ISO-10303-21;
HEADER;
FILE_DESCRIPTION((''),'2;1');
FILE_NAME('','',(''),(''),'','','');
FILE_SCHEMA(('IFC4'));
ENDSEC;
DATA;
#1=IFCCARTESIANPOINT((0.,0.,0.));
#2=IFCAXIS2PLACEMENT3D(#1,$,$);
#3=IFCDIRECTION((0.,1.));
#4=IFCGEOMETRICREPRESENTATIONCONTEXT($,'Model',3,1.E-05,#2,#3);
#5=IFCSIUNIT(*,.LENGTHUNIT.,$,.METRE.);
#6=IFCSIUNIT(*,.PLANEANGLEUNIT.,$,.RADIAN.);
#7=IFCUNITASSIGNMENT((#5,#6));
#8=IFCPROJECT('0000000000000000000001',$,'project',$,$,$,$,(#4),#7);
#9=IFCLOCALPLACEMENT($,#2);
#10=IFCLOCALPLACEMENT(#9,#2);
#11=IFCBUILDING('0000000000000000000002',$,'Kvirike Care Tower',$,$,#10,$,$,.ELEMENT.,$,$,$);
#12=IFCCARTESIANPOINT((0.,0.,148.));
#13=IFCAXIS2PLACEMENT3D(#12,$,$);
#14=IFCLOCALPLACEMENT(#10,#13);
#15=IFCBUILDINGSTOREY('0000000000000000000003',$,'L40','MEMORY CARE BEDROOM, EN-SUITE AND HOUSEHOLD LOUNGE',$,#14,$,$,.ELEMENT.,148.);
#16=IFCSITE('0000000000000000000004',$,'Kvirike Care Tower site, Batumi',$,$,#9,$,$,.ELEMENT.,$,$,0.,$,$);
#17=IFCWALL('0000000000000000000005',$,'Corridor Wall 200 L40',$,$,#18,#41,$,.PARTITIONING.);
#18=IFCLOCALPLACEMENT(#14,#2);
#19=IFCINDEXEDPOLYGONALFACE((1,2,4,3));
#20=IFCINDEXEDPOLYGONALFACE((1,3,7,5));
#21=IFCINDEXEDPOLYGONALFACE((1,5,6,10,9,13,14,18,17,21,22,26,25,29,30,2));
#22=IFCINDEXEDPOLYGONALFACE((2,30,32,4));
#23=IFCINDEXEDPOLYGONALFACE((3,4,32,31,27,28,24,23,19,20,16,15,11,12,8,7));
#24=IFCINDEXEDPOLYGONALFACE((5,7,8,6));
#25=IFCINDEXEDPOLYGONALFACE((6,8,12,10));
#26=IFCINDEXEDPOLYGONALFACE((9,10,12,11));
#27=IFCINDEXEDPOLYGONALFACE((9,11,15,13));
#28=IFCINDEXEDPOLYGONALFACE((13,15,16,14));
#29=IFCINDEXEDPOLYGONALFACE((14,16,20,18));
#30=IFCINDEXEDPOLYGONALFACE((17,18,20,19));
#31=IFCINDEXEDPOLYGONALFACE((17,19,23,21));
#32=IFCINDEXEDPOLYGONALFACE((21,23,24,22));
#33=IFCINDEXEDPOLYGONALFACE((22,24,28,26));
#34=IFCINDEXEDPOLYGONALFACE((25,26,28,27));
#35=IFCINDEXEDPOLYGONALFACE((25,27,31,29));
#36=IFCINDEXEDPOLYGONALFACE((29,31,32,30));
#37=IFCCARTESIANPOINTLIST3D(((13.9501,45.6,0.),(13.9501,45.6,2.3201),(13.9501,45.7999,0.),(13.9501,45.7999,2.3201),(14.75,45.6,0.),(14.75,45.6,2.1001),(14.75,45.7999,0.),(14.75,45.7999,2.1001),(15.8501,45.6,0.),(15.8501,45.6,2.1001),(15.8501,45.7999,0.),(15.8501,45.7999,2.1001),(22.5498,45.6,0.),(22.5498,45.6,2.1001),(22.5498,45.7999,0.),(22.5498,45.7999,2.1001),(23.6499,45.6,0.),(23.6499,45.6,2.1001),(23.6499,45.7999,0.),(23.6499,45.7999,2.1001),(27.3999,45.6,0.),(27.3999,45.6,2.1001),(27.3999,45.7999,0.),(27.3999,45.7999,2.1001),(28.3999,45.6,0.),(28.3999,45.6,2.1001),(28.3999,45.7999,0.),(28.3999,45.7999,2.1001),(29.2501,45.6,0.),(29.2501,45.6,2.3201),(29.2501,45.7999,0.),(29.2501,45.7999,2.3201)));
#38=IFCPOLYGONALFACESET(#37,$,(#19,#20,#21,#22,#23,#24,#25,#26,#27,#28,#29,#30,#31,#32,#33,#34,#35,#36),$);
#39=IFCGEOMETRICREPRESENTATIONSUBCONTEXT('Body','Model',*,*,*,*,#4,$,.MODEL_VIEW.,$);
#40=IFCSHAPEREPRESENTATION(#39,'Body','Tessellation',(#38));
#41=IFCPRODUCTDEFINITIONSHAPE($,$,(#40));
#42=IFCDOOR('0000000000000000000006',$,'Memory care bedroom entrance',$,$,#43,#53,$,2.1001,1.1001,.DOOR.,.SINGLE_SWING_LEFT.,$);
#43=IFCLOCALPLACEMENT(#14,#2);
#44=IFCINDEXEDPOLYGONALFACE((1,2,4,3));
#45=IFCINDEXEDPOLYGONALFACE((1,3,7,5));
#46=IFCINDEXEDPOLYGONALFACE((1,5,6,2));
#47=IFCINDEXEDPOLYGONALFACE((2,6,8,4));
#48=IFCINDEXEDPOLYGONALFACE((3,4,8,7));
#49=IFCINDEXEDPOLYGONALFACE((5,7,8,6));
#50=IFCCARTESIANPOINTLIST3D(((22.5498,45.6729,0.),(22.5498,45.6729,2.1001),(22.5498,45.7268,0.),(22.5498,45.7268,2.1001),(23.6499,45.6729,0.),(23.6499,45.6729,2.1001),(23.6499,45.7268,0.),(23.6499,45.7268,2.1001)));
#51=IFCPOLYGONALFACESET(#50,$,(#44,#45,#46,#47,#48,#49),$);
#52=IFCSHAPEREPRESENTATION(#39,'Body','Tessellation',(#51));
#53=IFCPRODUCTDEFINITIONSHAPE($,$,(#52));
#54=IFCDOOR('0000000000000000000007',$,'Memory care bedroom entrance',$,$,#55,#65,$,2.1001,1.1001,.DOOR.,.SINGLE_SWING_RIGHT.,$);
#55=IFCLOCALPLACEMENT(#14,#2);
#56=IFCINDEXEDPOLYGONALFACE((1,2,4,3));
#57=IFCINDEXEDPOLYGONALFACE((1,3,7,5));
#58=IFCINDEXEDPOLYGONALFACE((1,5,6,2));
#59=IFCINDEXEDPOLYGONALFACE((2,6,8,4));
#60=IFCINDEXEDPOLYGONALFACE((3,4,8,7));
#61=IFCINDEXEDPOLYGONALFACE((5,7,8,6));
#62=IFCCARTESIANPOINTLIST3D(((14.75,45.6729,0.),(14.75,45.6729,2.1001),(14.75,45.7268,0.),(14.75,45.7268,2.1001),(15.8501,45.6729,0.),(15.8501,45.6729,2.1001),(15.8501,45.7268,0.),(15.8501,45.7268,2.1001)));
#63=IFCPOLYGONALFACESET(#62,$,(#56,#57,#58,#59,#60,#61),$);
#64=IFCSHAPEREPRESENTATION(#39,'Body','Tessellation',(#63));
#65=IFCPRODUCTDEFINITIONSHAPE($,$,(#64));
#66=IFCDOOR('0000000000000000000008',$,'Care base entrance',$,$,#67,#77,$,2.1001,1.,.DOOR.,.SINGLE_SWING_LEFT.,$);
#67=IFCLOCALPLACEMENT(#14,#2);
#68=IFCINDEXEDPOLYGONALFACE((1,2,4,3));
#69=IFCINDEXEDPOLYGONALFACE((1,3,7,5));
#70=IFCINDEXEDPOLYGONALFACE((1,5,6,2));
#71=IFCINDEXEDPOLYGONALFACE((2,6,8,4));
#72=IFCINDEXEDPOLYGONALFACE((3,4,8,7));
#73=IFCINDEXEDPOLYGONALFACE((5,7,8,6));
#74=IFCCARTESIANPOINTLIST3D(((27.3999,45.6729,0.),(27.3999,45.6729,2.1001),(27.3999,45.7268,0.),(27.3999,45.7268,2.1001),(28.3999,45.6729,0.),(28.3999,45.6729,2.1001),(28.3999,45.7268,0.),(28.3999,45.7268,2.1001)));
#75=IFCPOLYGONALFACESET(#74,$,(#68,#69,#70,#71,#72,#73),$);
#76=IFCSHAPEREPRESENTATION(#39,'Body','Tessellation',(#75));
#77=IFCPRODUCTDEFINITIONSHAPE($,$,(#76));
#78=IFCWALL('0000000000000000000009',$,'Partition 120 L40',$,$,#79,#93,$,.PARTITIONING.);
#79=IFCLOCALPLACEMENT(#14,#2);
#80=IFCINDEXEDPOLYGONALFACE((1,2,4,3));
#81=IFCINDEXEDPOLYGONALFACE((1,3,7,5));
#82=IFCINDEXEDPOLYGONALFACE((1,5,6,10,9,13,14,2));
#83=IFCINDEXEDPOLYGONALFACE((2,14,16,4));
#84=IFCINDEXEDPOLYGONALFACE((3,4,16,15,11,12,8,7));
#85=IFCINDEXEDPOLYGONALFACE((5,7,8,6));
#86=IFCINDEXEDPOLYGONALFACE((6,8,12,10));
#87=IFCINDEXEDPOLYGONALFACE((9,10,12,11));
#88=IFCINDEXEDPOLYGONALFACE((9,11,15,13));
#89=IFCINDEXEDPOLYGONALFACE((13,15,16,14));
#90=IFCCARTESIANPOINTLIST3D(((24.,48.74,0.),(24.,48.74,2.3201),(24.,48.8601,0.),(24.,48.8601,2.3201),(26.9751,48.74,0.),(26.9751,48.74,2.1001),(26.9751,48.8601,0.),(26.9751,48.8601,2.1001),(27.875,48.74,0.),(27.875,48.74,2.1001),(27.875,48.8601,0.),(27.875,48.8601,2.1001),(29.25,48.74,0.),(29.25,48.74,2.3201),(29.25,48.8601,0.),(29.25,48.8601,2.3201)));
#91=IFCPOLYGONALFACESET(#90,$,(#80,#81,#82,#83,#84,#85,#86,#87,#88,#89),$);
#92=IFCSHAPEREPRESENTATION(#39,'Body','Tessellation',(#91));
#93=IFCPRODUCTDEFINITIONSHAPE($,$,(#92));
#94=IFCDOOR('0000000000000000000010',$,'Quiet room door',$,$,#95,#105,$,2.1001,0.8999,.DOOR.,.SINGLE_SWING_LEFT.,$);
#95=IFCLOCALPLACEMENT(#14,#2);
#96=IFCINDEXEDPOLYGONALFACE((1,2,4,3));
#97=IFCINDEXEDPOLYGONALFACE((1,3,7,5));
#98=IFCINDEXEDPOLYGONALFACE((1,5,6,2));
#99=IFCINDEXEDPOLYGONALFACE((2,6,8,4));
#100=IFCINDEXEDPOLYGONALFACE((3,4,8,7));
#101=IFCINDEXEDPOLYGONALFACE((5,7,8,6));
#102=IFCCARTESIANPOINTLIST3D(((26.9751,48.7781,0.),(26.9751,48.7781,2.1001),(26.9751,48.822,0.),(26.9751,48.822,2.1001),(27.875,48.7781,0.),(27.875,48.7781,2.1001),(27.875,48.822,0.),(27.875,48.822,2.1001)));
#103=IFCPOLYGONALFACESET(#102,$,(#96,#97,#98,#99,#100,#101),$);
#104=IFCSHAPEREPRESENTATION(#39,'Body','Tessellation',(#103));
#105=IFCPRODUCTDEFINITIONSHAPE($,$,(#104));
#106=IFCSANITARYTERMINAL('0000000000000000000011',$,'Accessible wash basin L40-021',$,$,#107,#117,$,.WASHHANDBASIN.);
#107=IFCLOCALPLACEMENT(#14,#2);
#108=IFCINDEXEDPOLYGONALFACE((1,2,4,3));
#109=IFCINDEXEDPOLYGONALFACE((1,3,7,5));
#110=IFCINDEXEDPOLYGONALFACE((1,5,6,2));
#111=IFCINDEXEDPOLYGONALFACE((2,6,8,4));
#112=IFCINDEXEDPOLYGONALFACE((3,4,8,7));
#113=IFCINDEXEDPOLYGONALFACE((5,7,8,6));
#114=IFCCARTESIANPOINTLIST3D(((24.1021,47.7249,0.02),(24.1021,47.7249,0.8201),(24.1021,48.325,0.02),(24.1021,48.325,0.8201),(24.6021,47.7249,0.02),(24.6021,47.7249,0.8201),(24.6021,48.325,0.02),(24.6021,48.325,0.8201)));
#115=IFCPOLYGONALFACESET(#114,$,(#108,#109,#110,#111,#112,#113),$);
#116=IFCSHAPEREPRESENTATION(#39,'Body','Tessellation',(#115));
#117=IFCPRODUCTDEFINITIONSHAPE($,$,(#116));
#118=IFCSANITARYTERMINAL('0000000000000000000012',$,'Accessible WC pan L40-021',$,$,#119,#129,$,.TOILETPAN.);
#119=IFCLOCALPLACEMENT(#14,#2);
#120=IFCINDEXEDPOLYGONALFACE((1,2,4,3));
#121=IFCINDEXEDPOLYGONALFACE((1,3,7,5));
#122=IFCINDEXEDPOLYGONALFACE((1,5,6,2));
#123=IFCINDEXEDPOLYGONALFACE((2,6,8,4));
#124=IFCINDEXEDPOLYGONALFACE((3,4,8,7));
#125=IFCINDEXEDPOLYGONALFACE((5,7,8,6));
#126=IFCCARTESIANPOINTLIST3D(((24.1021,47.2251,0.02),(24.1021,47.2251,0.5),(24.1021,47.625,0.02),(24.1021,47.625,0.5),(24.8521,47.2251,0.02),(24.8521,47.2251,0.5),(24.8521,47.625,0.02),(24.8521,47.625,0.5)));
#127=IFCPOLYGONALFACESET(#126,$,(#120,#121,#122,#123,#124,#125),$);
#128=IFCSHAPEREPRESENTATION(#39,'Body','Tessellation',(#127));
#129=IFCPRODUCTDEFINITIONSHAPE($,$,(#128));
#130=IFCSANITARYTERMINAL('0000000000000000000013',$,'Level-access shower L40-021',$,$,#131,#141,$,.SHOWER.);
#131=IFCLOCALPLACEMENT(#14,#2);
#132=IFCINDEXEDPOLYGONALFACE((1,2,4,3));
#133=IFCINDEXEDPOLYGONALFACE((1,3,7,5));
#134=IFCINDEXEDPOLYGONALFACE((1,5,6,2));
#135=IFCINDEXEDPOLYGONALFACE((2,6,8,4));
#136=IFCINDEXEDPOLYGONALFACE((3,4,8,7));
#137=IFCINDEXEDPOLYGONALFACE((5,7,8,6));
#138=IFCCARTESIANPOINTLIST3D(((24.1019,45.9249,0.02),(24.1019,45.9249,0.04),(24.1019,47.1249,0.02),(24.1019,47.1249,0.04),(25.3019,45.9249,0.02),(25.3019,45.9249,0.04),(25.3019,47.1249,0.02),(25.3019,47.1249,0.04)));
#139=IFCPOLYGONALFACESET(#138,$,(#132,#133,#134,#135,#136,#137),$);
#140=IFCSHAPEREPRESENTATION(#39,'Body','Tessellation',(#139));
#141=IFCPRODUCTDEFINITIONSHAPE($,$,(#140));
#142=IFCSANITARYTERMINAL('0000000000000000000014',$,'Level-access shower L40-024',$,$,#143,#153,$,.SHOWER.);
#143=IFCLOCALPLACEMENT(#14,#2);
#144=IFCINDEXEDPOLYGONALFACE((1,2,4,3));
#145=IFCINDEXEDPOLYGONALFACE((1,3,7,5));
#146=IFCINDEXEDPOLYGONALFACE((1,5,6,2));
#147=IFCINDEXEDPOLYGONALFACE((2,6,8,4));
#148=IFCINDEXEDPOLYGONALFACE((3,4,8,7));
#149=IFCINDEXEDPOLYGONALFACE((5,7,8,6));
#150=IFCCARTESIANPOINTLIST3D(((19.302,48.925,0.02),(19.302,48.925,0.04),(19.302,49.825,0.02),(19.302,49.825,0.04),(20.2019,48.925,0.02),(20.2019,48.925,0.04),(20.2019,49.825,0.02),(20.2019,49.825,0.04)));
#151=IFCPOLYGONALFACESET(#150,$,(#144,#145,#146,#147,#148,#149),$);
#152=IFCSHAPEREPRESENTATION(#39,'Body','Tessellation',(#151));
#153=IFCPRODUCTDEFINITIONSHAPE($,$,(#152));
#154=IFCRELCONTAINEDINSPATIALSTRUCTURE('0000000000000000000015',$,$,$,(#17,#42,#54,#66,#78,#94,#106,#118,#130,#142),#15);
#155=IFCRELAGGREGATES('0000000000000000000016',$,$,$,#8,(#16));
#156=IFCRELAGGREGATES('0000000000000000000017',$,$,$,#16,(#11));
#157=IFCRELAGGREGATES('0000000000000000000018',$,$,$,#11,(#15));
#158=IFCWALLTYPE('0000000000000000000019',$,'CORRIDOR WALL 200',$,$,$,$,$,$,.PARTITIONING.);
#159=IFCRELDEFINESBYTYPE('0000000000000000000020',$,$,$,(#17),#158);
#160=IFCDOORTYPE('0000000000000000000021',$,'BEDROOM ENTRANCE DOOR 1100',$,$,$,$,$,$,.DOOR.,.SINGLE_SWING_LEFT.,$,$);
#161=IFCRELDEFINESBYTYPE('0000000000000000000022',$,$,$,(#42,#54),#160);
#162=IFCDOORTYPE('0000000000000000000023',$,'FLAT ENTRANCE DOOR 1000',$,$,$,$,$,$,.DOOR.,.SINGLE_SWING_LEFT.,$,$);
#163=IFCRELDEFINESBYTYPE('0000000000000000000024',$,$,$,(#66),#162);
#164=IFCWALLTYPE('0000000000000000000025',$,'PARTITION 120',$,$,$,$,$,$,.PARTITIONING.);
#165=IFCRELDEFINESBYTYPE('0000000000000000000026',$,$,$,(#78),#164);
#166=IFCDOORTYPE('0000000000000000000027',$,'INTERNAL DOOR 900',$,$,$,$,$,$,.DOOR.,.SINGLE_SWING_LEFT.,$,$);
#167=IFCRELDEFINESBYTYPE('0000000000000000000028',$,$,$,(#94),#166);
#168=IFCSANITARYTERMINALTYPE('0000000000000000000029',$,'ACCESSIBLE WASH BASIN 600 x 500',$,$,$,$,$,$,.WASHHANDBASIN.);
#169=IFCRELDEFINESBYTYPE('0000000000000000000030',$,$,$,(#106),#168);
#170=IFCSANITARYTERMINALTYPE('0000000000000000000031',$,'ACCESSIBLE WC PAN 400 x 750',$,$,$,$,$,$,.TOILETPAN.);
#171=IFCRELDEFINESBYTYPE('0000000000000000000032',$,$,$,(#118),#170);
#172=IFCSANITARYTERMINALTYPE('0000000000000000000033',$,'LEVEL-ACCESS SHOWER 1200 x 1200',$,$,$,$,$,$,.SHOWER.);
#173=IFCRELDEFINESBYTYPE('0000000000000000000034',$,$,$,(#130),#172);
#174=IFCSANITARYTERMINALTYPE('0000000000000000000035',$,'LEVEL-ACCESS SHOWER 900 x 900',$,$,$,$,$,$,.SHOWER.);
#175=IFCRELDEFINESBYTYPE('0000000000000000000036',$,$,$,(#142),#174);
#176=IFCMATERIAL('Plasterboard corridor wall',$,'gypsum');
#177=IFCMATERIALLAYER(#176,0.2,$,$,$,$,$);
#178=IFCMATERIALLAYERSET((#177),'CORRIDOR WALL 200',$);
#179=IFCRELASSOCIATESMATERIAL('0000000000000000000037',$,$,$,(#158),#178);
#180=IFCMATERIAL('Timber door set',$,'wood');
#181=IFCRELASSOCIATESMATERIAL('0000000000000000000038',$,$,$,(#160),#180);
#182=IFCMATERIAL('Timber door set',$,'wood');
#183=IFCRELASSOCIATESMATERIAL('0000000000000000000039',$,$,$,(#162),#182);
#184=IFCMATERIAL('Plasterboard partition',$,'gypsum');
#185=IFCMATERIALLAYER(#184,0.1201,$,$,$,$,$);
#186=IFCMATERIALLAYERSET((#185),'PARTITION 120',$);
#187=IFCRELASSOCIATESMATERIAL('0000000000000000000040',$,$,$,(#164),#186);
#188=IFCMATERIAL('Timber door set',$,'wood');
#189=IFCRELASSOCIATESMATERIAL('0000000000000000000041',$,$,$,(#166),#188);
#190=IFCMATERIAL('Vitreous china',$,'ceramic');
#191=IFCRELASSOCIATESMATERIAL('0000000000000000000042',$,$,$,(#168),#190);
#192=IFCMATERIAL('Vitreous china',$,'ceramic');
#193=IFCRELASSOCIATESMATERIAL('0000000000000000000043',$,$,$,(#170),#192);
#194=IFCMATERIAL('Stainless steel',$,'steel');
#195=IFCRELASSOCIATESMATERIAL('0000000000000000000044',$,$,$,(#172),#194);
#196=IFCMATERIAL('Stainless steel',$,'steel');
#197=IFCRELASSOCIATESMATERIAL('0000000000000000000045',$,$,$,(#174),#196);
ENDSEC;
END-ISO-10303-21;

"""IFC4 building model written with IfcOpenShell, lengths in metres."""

from ifc_helpers import new_model, si_unit, direction, frame, frame_2d, origin, origin_2d, place, context, subcontext, project, spatial, rectangle, extrude, material, layer, layer_set, type_object, element, fill, save


model = new_model("IFC4")

# Units and contexts
model_context = context("Model", 3, precision=1e-05, world=origin(), true_north=direction((0.0, 1.0)))
body_context = subcontext(model_context, "Body", "Model", "MODEL_VIEW")
ifc_project = project(units=[si_unit("LENGTHUNIT", "METRE"), si_unit("PLANEANGLEUNIT", "RADIAN")], contexts=[model_context])

# Site, building, storey
site_placement = place(None, origin())
site = spatial("IfcSite", under=ifc_project, at=site_placement, Name="Kvirike Care Tower site, Batumi", CompositionType="ELEMENT", RefElevation=0.0)
building_placement = place(site_placement, origin())
building = spatial("IfcBuilding", under=site, at=building_placement, Name="Kvirike Care Tower", CompositionType="ELEMENT")
storey_placement = place(building_placement, frame((0.0, 0.0, 148.0)))
storey = spatial("IfcBuildingStorey", under=building, at=storey_placement, Name="L40", Description="MEMORY CARE BEDROOM, EN-SUITE AND HOUSEHOLD LOUNGE", CompositionType="ELEMENT", Elevation=148.0)

# Wall, openings, doors
ifc_material_1 = material(Name="Plasterboard corridor wall", Category="gypsum")
ifc_layer_1 = layer(ifc_material_1, 0.2)
ifc_layer_set_1 = layer_set([ifc_layer_1], Name="CORRIDOR WALL 200")
wall_type_1 = type_object("IfcWallType", Name="CORRIDOR WALL 200", PredefinedType="PARTITIONING", material=ifc_layer_set_1)
wall_1_placement = place(storey_placement, frame((29.25, 45.7, 0.0), z_axis=(0.0, 0.0, 1.0), x_axis=(-1.0, 0.0, 0.0)))
wall_1 = element("IfcWall", 1, at=wall_1_placement, inside=storey, type_object=wall_type_1, Name="Corridor Wall 200 L40", PredefinedType="PARTITIONING", context=body_context, shape_type="SweptSolid", body=[
    extrude(rectangle(XDim=15.3, YDim=0.2, at=frame_2d((7.6499, 0.0))), origin(), (0.0, 0.0, 1.0), 2.3201),
])
opening_1_placement = place(wall_1_placement, frame((0.8501, 0.0, 0.0)))
opening_1 = element("IfcOpeningElement", 2, at=opening_1_placement, cuts=wall_1, PredefinedType="OPENING", context=body_context, shape_type="SweptSolid", body=[
    extrude(rectangle(XDim=1.0, YDim=2.1001, at=frame_2d((0.5, 1.05))), frame((0.0, 0.1106, 0.0), z_axis=(0.0, -1.0, 0.0), x_axis=(1.0, 0.0, 0.0)), (0.0, 0.0, 1.0), 0.2209),
])
opening_2_placement = place(wall_1_placement, frame((5.6001, 0.0, 0.0)))
opening_2 = element("IfcOpeningElement", 3, at=opening_2_placement, cuts=wall_1, PredefinedType="OPENING", context=body_context, shape_type="SweptSolid", body=[
    extrude(rectangle(XDim=1.1001, YDim=2.1001, at=frame_2d((0.55, 1.05))), frame((0.0, 0.1106, 0.0), z_axis=(0.0, -1.0, 0.0), x_axis=(1.0, 0.0, 0.0)), (0.0, 0.0, 1.0), 0.2209),
])
opening_3_placement = place(wall_1_placement, frame((13.3999, 0.0, 0.0)))
opening_3 = element("IfcOpeningElement", 4, at=opening_3_placement, cuts=wall_1, PredefinedType="OPENING", context=body_context, shape_type="SweptSolid", body=[
    extrude(rectangle(XDim=1.1001, YDim=2.1001, at=frame_2d((0.55, 1.05))), frame((0.0, 0.1106, 0.0), z_axis=(0.0, -1.0, 0.0), x_axis=(1.0, 0.0, 0.0)), (0.0, 0.0, 1.0), 0.2209),
])
ifc_material_2 = material(Name="Timber door set", Category="wood")
door_type_1 = type_object("IfcDoorType", Name="BEDROOM ENTRANCE DOOR 1100", OperationType="SINGLE_SWING_LEFT", PredefinedType="DOOR", material=ifc_material_2)
door_1_placement = place(opening_2_placement, frame((1.1001, 0.0, 0.0), z_axis=(0.0, 0.0, 1.0), x_axis=(-1.0, 0.0, 0.0)))
door_1 = element("IfcDoor", 5, at=door_1_placement, inside=storey, type_object=door_type_1, Name="Memory care bedroom entrance", OperationType="SINGLE_SWING_LEFT", OverallHeight=2.1001, OverallWidth=1.1001, PredefinedType="DOOR", context=body_context, shape_type="SweptSolid", body=[
    extrude(rectangle(XDim=1.1001, YDim=2.1001, at=frame_2d((0.55, 1.05))), frame((0.0, 0.0269, 0.0), z_axis=(0.0, -1.0, 0.0), x_axis=(1.0, 0.0, 0.0)), (0.0, 0.0, 1.0), 0.054),
])
fill(opening_2, door_1)
door_2_placement = place(opening_3_placement, frame((1.1001, 0.0, 0.0), z_axis=(0.0, 0.0, 1.0), x_axis=(-1.0, 0.0, 0.0)))
door_2 = element("IfcDoor", 6, at=door_2_placement, inside=storey, type_object=door_type_1, Name="Memory care bedroom entrance", OperationType="SINGLE_SWING_RIGHT", OverallHeight=2.1001, OverallWidth=1.1001, PredefinedType="DOOR", context=body_context, shape_type="SweptSolid", body=[
    extrude(rectangle(XDim=1.1001, YDim=2.1001, at=frame_2d((0.55, 1.05))), frame((0.0, 0.0269, 0.0), z_axis=(0.0, -1.0, 0.0), x_axis=(1.0, 0.0, 0.0)), (0.0, 0.0, 1.0), 0.054),
])
fill(opening_3, door_2)
ifc_material_3 = material(Name="Timber door set", Category="wood")
door_type_2 = type_object("IfcDoorType", Name="FLAT ENTRANCE DOOR 1000", OperationType="SINGLE_SWING_LEFT", PredefinedType="DOOR", material=ifc_material_3)
door_3_placement = place(opening_1_placement, frame((1.0, 0.0, 0.0), z_axis=(0.0, 0.0, 1.0), x_axis=(-1.0, 0.0, 0.0)))
door_3 = element("IfcDoor", 7, at=door_3_placement, inside=storey, type_object=door_type_2, Name="Care base entrance", OperationType="SINGLE_SWING_LEFT", OverallHeight=2.1001, OverallWidth=1.0, PredefinedType="DOOR", context=body_context, shape_type="SweptSolid", body=[
    extrude(rectangle(XDim=1.0, YDim=2.1001, at=frame_2d((0.5, 1.05))), frame((0.0, 0.0269, 0.0), z_axis=(0.0, -1.0, 0.0), x_axis=(1.0, 0.0, 0.0)), (0.0, 0.0, 1.0), 0.054),
])
fill(opening_1, door_3)

# Wall, opening, door
ifc_material_4 = material(Name="Plasterboard partition", Category="gypsum")
ifc_layer_2 = layer(ifc_material_4, 0.1201)
ifc_layer_set_2 = layer_set([ifc_layer_2], Name="PARTITION 120")
wall_type_2 = type_object("IfcWallType", Name="PARTITION 120", PredefinedType="PARTITIONING", material=ifc_layer_set_2)
wall_2_placement = place(storey_placement, frame((29.25, 48.8, 0.0), z_axis=(0.0, 0.0, 1.0), x_axis=(-1.0, 0.0, 0.0)))
wall_2 = element("IfcWall", 8, at=wall_2_placement, inside=storey, type_object=wall_type_2, Name="Partition 120 L40", PredefinedType="PARTITIONING", context=body_context, shape_type="SweptSolid", body=[
    extrude(rectangle(XDim=5.25, YDim=0.1201, at=frame_2d((2.625, 0.0))), origin(), (0.0, 0.0, 1.0), 2.3201),
])
opening_4_placement = place(wall_2_placement, frame((1.375, 0.0, 0.0)))
opening_4 = element("IfcOpeningElement", 9, at=opening_4_placement, cuts=wall_2, PredefinedType="OPENING", context=body_context, shape_type="SweptSolid", body=[
    extrude(rectangle(XDim=0.8999, YDim=2.1001, at=frame_2d((0.45, 1.05))), frame((0.0, 0.0706, 0.0), z_axis=(0.0, -1.0, 0.0), x_axis=(1.0, 0.0, 0.0)), (0.0, 0.0, 1.0), 0.1411),
])
ifc_material_5 = material(Name="Timber door set", Category="wood")
door_type_3 = type_object("IfcDoorType", Name="INTERNAL DOOR 900", OperationType="SINGLE_SWING_LEFT", PredefinedType="DOOR", material=ifc_material_5)
door_4_placement = place(opening_4_placement, origin())
door_4 = element("IfcDoor", 10, at=door_4_placement, inside=storey, type_object=door_type_3, Name="Quiet room door", OperationType="SINGLE_SWING_LEFT", OverallHeight=2.1001, OverallWidth=0.8999, PredefinedType="DOOR", context=body_context, shape_type="SweptSolid", body=[
    extrude(rectangle(XDim=0.8999, YDim=2.1001, at=frame_2d((0.45, 1.05))), frame((0.0, 0.022, 0.0), z_axis=(0.0, -1.0, 0.0), x_axis=(1.0, 0.0, 0.0)), (0.0, 0.0, 1.0), 0.0439),
])
fill(opening_4, door_4)

# Sanitary terminals
ifc_material_6 = material(Name="Vitreous china", Category="ceramic")
sanitary_terminal_type_1 = type_object("IfcSanitaryTerminalType", Name="ACCESSIBLE WASH BASIN 600 x 500", PredefinedType="WASHHANDBASIN", material=ifc_material_6)
sanitary_terminal_1_placement = place(storey_placement, frame((24.3521, 48.0249, 0.02), z_axis=(0.0, 0.0, 1.0), x_axis=(0.0, 1.0, 0.0)))
element("IfcSanitaryTerminal", 11, at=sanitary_terminal_1_placement, inside=storey, type_object=sanitary_terminal_type_1, Name="Accessible wash basin L40-021", PredefinedType="WASHHANDBASIN", context=body_context, shape_type="SweptSolid", body=[
    extrude(rectangle(XDim=0.6001, YDim=0.5, at=origin_2d()), origin(), (0.0, 0.0, 1.0), 0.8),
])
ifc_material_7 = material(Name="Vitreous china", Category="ceramic")
sanitary_terminal_type_2 = type_object("IfcSanitaryTerminalType", Name="ACCESSIBLE WC PAN 400 x 750", PredefinedType="TOILETPAN", material=ifc_material_7)
sanitary_terminal_2_placement = place(storey_placement, frame((24.4771, 47.425, 0.02), z_axis=(0.0, 0.0, 1.0), x_axis=(0.0, 1.0, 0.0)))
element("IfcSanitaryTerminal", 12, at=sanitary_terminal_2_placement, inside=storey, type_object=sanitary_terminal_type_2, Name="Accessible WC pan L40-021", PredefinedType="TOILETPAN", context=body_context, shape_type="SweptSolid", body=[
    extrude(rectangle(XDim=0.3999, YDim=0.75, at=origin_2d()), origin(), (0.0, 0.0, 1.0), 0.48),
])
ifc_material_8 = material(Name="Stainless steel", Category="steel")
sanitary_terminal_type_3 = type_object("IfcSanitaryTerminalType", Name="LEVEL-ACCESS SHOWER 1200 x 1200", PredefinedType="SHOWER", material=ifc_material_8)
sanitary_terminal_3_placement = place(storey_placement, frame((24.7019, 46.5249, 0.02), z_axis=(0.0, 0.0, 1.0), x_axis=(0.0, 1.0, 0.0)))
element("IfcSanitaryTerminal", 13, at=sanitary_terminal_3_placement, inside=storey, type_object=sanitary_terminal_type_3, Name="Level-access shower L40-021", PredefinedType="SHOWER", context=body_context, shape_type="SweptSolid", body=[
    extrude(rectangle(XDim=1.2, YDim=1.2, at=origin_2d()), origin(), (0.0, 0.0, 1.0), 0.02),
])
ifc_material_9 = material(Name="Stainless steel", Category="steel")
sanitary_terminal_type_4 = type_object("IfcSanitaryTerminalType", Name="LEVEL-ACCESS SHOWER 900 x 900", PredefinedType="SHOWER", material=ifc_material_9)
sanitary_terminal_4_placement = place(storey_placement, frame((19.752, 49.375, 0.02), z_axis=(0.0, 0.0, 1.0), x_axis=(0.0, 1.0, 0.0)))
element("IfcSanitaryTerminal", 14, at=sanitary_terminal_4_placement, inside=storey, type_object=sanitary_terminal_type_4, Name="Level-access shower L40-024", PredefinedType="SHOWER", context=body_context, shape_type="SweptSolid", body=[
    extrude(rectangle(XDim=0.8999, YDim=0.8999, at=origin_2d()), origin(), (0.0, 0.0, 1.0), 0.02),
])

save(model, "model.ifc")
